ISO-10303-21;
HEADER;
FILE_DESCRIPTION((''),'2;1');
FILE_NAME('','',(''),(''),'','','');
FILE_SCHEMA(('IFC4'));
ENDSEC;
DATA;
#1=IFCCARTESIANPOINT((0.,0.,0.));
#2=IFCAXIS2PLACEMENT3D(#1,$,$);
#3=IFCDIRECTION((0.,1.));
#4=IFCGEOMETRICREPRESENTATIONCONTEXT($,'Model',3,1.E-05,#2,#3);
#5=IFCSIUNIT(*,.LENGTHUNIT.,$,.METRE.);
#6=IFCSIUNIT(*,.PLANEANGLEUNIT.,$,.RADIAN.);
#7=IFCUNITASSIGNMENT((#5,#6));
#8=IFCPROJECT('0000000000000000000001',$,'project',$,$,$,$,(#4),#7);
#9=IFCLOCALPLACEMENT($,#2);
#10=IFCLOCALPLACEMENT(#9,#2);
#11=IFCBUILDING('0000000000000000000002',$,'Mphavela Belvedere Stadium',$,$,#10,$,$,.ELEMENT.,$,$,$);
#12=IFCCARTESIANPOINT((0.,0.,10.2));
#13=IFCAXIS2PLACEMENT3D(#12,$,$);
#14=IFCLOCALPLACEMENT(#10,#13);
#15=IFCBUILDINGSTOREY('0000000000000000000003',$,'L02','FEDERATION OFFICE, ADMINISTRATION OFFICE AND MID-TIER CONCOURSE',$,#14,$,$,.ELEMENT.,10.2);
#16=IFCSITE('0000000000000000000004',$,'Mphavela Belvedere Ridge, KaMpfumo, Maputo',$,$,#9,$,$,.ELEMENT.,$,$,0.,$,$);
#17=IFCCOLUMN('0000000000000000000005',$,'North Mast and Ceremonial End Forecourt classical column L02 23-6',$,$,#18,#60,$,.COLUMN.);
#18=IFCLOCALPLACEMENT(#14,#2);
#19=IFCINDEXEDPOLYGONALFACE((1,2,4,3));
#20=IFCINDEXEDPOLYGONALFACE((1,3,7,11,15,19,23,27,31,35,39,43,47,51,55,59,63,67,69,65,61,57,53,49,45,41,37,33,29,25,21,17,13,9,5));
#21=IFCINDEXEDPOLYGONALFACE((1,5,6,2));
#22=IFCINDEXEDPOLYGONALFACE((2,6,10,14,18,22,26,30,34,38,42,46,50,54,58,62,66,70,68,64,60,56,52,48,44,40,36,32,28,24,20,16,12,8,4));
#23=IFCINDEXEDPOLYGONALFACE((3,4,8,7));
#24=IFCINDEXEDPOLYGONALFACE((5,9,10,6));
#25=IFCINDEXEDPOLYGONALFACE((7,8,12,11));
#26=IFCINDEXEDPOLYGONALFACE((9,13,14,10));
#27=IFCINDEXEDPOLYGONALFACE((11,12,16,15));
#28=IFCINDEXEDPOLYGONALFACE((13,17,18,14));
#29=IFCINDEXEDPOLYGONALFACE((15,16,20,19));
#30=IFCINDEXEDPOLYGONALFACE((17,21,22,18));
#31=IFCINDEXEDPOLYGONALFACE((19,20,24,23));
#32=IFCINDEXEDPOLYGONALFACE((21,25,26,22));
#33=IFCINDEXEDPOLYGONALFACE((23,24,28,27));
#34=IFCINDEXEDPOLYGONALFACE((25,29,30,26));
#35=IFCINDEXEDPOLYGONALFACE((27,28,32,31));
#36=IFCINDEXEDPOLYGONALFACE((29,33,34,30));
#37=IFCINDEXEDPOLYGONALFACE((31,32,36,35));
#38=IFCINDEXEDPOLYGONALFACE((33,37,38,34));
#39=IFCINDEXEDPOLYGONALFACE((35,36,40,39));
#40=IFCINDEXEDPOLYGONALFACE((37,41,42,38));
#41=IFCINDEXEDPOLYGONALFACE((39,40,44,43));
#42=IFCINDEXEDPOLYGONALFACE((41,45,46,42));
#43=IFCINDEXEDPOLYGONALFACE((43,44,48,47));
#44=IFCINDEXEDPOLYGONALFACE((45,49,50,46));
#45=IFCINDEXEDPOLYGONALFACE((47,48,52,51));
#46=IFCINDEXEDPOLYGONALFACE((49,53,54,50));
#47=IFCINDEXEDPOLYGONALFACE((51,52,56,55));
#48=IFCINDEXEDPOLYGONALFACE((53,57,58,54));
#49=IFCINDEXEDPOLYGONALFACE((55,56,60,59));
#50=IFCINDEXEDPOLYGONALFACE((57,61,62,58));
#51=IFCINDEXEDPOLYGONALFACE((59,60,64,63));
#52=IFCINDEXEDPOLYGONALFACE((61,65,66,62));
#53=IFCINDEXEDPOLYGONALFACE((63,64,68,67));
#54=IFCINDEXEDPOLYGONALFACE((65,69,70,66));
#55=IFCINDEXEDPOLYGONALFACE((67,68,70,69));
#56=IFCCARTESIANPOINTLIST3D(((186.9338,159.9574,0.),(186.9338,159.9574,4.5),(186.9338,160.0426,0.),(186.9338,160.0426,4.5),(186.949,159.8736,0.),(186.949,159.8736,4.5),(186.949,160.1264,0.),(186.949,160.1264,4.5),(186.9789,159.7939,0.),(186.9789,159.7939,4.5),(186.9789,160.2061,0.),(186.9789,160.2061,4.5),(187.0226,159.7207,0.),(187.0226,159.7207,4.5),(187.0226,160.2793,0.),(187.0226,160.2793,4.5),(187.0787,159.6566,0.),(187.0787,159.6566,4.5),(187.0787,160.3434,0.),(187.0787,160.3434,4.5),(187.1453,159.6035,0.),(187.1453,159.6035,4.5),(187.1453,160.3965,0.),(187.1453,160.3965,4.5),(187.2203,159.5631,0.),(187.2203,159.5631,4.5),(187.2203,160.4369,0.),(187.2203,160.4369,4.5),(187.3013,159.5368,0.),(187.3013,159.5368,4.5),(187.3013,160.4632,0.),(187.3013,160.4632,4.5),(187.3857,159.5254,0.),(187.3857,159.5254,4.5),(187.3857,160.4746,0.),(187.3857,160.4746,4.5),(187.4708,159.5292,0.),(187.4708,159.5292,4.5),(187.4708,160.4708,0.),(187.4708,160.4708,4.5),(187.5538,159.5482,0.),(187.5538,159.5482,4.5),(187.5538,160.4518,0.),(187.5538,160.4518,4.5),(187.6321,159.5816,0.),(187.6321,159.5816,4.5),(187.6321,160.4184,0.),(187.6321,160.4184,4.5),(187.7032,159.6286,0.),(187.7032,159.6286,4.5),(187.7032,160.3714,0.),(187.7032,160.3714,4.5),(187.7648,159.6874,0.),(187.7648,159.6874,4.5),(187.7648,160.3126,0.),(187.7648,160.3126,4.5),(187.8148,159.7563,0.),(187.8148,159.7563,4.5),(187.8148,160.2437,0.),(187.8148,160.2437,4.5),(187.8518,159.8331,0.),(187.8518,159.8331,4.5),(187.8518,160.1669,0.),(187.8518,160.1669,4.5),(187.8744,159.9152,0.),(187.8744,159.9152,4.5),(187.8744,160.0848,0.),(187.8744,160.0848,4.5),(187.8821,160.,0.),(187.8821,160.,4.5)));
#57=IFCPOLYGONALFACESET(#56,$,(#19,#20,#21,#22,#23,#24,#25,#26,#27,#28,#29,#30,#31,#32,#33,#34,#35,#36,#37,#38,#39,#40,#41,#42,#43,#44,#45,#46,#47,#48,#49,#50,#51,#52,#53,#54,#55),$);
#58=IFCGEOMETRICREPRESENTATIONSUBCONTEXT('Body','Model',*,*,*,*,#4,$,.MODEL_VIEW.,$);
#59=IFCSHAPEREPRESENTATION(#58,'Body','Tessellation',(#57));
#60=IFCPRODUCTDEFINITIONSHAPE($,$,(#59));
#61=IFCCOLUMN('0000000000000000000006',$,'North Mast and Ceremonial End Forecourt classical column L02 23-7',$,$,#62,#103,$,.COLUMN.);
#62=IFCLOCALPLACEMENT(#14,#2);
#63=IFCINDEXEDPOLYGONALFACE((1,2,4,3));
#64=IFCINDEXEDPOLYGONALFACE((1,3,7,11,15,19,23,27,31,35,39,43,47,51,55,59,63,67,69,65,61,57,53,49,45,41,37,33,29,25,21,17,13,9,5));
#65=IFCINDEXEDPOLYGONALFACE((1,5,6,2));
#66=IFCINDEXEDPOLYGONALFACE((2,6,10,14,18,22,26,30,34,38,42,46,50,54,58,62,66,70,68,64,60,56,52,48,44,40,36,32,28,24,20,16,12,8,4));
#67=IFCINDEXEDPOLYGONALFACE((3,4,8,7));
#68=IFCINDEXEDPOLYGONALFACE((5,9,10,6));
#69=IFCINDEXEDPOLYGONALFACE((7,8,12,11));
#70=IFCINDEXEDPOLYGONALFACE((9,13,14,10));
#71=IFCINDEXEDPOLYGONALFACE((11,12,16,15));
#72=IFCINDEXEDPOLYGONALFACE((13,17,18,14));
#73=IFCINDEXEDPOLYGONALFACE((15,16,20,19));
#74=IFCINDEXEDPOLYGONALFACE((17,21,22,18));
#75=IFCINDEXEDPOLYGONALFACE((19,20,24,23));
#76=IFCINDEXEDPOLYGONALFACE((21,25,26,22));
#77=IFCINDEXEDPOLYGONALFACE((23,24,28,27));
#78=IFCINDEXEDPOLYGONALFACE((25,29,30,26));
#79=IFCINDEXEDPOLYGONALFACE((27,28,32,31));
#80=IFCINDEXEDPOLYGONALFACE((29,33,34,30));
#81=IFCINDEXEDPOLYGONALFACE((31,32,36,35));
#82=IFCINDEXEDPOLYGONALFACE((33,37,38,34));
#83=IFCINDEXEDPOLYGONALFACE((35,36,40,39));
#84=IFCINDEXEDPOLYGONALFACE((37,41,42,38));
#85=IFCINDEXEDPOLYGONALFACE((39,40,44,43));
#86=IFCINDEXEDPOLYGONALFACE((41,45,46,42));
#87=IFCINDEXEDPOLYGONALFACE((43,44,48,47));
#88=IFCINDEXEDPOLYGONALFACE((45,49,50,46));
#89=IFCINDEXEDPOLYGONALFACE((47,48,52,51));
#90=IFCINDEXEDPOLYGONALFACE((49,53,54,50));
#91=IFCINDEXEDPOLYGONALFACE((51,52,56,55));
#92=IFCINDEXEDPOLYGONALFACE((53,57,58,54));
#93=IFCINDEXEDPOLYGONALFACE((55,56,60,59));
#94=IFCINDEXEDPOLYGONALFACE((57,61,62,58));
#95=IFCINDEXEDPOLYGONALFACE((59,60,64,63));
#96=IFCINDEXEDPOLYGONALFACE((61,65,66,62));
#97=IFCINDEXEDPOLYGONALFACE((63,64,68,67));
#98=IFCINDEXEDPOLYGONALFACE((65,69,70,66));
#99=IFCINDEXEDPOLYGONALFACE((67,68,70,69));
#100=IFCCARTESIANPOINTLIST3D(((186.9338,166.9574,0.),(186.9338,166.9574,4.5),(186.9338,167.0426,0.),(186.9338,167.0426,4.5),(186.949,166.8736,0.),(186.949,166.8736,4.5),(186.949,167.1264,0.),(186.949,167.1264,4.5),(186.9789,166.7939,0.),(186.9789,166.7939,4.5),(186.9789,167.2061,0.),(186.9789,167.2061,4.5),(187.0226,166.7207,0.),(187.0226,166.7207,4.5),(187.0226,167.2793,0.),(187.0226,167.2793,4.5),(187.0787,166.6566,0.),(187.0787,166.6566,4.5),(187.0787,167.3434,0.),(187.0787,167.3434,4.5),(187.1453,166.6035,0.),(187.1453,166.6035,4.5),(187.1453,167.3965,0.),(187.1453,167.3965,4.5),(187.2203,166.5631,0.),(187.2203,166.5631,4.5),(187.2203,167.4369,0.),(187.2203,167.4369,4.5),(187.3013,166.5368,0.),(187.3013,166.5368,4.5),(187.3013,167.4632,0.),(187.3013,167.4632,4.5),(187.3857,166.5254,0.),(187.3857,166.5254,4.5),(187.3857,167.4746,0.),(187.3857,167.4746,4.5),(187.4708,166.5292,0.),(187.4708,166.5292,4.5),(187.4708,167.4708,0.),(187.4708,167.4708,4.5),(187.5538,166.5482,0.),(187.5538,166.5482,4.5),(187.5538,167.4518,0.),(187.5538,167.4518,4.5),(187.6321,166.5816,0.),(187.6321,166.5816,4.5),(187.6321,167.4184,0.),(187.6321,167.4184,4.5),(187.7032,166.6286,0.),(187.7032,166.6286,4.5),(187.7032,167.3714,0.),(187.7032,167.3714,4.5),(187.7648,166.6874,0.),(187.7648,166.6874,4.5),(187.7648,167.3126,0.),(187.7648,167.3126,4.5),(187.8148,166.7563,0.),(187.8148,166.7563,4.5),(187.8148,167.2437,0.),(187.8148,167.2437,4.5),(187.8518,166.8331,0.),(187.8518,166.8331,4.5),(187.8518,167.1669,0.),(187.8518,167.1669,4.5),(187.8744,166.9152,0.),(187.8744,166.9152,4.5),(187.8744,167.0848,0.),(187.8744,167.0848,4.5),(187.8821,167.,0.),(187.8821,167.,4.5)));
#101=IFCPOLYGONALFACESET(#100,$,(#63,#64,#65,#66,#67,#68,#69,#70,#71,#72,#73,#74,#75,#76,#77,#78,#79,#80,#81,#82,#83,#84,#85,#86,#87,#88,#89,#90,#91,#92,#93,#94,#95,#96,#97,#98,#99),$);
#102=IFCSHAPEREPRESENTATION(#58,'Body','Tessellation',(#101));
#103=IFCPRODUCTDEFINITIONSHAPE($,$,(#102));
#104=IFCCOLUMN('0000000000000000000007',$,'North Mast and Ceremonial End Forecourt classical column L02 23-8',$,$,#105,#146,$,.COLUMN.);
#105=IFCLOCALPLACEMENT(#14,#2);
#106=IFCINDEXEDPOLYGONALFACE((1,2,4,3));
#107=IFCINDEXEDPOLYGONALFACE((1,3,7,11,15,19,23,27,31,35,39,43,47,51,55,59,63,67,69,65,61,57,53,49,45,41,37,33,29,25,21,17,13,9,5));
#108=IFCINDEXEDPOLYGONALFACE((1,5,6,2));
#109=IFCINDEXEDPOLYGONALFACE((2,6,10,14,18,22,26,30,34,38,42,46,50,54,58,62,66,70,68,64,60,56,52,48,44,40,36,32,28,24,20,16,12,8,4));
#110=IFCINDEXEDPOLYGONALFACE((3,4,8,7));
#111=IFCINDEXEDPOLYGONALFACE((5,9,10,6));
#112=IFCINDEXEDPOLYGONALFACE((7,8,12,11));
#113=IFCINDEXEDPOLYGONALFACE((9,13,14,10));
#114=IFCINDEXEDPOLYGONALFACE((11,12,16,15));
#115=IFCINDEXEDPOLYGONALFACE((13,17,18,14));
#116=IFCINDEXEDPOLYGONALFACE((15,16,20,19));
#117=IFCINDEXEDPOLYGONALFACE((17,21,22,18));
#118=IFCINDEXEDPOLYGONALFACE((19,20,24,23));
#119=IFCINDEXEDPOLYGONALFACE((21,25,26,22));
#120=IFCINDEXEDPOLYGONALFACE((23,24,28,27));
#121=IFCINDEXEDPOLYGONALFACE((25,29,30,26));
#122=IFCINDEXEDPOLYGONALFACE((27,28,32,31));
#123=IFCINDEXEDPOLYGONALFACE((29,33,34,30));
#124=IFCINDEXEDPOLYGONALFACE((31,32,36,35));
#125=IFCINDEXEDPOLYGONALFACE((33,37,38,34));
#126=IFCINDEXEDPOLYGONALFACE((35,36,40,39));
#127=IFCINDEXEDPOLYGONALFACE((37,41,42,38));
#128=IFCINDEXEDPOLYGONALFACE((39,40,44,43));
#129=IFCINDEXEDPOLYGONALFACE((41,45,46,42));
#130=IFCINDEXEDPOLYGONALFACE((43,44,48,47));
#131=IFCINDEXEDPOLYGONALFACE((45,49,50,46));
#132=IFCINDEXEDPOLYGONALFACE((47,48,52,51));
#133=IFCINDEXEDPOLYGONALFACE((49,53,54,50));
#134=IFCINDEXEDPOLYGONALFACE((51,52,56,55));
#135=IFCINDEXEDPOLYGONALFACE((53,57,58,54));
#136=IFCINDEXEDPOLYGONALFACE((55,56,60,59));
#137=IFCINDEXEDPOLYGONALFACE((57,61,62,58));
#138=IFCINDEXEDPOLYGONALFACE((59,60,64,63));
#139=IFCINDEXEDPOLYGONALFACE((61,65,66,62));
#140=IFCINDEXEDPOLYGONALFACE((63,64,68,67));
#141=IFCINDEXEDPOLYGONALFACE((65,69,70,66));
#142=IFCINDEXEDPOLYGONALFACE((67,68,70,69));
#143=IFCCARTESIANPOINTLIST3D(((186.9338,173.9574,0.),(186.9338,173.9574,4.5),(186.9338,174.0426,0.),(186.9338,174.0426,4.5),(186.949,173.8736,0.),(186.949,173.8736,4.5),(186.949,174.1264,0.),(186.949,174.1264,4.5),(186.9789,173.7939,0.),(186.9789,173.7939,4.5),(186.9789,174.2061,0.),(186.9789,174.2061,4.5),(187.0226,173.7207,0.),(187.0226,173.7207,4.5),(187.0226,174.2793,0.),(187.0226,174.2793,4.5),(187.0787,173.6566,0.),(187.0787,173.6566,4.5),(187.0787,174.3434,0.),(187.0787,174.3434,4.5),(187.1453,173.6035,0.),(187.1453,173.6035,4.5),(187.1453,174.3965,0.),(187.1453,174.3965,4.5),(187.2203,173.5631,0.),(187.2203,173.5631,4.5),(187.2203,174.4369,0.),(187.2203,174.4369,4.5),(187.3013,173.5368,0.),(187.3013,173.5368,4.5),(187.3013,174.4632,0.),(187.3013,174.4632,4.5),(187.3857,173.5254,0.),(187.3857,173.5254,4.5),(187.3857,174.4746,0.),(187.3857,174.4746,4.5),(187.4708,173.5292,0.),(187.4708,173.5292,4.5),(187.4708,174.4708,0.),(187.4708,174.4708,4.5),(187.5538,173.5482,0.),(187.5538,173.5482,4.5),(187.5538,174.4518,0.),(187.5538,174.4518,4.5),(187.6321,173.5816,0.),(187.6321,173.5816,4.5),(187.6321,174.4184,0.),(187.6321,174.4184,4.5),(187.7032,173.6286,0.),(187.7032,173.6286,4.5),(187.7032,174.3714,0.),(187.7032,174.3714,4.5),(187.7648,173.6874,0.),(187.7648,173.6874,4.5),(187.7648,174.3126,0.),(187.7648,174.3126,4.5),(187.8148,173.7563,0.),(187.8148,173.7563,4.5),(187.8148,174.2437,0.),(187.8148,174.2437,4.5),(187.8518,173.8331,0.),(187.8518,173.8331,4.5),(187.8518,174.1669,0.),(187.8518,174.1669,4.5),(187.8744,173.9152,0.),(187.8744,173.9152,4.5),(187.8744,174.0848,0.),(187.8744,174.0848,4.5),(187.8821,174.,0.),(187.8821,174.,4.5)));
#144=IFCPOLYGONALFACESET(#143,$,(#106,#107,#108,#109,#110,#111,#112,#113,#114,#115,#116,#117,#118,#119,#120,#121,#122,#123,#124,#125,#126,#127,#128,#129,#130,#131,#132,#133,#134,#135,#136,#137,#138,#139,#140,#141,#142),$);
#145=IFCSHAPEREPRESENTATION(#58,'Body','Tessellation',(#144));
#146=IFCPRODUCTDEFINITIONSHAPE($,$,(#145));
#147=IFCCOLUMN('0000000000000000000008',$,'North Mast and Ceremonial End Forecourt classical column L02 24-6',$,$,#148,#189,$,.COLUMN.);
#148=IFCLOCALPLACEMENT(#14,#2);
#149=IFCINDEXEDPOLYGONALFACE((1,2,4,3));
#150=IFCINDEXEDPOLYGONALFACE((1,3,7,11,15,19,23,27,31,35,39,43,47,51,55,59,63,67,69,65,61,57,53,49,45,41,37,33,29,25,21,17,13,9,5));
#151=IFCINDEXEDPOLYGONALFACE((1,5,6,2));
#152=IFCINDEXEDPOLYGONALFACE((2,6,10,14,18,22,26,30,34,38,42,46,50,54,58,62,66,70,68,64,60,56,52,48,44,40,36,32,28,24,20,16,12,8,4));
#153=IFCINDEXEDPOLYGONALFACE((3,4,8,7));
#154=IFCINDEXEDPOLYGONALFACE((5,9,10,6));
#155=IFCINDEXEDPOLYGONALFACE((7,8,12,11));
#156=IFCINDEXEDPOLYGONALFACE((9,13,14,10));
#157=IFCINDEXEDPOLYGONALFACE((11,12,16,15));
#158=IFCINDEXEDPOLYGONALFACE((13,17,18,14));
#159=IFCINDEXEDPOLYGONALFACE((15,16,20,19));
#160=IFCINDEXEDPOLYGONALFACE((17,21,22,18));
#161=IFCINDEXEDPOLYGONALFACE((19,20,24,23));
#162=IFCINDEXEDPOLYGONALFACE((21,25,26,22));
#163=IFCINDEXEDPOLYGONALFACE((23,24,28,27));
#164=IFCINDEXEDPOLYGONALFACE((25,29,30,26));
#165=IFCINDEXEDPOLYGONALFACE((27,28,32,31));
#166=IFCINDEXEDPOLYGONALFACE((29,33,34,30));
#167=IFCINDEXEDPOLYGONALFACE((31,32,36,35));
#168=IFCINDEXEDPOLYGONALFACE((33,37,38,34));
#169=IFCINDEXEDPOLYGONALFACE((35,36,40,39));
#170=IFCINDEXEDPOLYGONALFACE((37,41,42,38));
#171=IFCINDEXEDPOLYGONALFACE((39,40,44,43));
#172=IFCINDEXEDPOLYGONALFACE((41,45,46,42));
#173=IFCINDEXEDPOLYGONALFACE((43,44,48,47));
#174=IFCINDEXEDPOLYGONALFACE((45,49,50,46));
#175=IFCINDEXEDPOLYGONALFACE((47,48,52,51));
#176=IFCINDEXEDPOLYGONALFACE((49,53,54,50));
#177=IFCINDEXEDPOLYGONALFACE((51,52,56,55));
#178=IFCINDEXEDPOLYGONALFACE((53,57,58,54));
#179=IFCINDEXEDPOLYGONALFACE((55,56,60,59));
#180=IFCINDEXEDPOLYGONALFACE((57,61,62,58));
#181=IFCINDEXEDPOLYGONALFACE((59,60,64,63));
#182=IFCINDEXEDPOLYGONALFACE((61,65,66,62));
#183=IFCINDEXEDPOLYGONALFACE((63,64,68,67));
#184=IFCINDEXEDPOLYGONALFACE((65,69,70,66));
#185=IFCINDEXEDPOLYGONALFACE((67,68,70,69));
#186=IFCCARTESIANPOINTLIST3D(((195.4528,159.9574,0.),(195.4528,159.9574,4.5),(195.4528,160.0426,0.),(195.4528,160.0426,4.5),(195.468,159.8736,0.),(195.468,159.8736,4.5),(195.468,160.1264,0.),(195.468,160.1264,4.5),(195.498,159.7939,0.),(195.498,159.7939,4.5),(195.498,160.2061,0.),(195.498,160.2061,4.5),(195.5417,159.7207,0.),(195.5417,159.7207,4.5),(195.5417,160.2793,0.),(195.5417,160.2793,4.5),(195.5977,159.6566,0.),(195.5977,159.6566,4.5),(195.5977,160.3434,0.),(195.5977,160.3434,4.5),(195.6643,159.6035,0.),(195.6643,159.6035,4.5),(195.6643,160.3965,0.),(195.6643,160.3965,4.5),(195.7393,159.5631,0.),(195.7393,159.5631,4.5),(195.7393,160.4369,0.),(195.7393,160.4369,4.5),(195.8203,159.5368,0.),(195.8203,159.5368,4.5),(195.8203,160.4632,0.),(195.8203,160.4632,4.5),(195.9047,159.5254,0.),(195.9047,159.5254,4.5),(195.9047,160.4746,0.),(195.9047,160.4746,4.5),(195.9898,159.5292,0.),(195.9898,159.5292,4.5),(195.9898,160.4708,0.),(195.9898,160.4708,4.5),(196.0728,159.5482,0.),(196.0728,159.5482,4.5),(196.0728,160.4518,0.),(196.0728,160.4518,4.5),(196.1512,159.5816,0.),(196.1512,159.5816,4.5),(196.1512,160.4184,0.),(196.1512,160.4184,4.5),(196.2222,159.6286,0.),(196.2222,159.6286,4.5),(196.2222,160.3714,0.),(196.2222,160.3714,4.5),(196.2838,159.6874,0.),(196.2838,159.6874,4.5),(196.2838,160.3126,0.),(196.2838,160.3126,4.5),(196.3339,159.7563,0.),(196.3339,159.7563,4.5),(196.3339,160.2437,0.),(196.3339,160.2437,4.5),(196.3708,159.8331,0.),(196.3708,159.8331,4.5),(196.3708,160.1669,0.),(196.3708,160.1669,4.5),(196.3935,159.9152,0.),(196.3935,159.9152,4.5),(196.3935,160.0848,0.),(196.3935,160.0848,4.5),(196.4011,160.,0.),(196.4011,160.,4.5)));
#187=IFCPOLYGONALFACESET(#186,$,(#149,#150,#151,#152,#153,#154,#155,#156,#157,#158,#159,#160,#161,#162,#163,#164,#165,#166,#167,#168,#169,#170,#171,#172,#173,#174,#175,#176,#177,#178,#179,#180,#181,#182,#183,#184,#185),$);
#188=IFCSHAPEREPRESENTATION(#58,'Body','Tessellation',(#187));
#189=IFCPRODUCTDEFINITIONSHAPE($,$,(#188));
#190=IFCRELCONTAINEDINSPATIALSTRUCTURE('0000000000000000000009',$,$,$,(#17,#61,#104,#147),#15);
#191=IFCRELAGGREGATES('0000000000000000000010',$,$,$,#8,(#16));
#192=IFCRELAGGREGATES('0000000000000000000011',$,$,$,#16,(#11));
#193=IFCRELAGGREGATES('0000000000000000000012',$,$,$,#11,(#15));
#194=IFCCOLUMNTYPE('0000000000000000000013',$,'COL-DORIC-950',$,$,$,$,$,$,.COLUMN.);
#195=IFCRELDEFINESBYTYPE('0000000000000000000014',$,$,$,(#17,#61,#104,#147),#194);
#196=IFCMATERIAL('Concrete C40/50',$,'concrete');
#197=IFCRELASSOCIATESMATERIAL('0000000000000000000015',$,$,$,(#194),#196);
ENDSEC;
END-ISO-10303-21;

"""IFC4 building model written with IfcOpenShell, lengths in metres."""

from ifc_helpers import new_model, si_unit, direction, frame, origin, origin_2d, place, context, subcontext, project, spatial, circle, extrude, material, material_profile, profile_set, type_object, element, save


model = new_model("IFC4")

# Units and contexts
model_context = context("Model", 3, precision=1e-05, world=origin(), true_north=direction((0.0, 1.0)))
body_context = subcontext(model_context, "Body", "Model", "MODEL_VIEW")
ifc_project = project(units=[si_unit("LENGTHUNIT", "METRE"), si_unit("PLANEANGLEUNIT", "RADIAN")], contexts=[model_context])

# Site, building, storey
site_placement = place(None, origin())
site = spatial("IfcSite", under=ifc_project, at=site_placement, Name="Mphavela Belvedere Ridge, KaMpfumo, Maputo", CompositionType="ELEMENT", RefElevation=0.0)
building_placement = place(site_placement, origin())
building = spatial("IfcBuilding", under=site, at=building_placement, Name="Mphavela Belvedere Stadium", CompositionType="ELEMENT")
storey_placement = place(building_placement, frame((0.0, 0.0, 10.2)))
storey = spatial("IfcBuildingStorey", under=building, at=storey_placement, Name="L02", Description="FEDERATION OFFICE, ADMINISTRATION OFFICE AND MID-TIER CONCOURSE", CompositionType="ELEMENT", Elevation=10.2)

# Columns
ifc_material_1 = material(Name="Concrete C40/50", Category="concrete")
ifc_material_profile_1 = material_profile(ifc_material_1, circle(Radius=0.4751, at=origin_2d()), Name="COL D950")
ifc_profile_set_1 = profile_set([ifc_material_profile_1], Name="Concrete C40/50")
column_type = type_object("IfcColumnType", Name="COL-DORIC-950", PredefinedType="COLUMN", material=ifc_profile_set_1)
for number, where, z_axis, x_axis, name in (
    (1, (187.407, 160.0, 0.0), (0.0, 0.0, 1.0), (1.0, 0.0, 0.0), "North Mast and Ceremonial End Forecourt classical column L02 23-6"),
    (2, (187.407, 167.0, 0.0), (0.0, 0.0, 1.0), (1.0, 0.0, 0.0), "North Mast and Ceremonial End Forecourt classical column L02 23-7"),
    (3, (187.407, 174.0, 0.0), (0.0, 0.0, 1.0), (1.0, 0.0, 0.0), "North Mast and Ceremonial End Forecourt classical column L02 23-8"),
    (4, (195.926, 160.0, 0.0), (0.0, 0.0, 1.0), (1.0, 0.0, 0.0), "North Mast and Ceremonial End Forecourt classical column L02 24-6"),
):
    element("IfcColumn", number, at=place(storey_placement, frame(where, z_axis=z_axis, x_axis=x_axis)), inside=storey, type_object=column_type, Name=name, PredefinedType="COLUMN", context=body_context, shape_type="SweptSolid", body=[
        extrude(circle(Radius=0.4751, at=origin_2d()), origin(), (0.0, 0.0, 1.0), 4.5),
    ])

save(model, "model.ifc")
